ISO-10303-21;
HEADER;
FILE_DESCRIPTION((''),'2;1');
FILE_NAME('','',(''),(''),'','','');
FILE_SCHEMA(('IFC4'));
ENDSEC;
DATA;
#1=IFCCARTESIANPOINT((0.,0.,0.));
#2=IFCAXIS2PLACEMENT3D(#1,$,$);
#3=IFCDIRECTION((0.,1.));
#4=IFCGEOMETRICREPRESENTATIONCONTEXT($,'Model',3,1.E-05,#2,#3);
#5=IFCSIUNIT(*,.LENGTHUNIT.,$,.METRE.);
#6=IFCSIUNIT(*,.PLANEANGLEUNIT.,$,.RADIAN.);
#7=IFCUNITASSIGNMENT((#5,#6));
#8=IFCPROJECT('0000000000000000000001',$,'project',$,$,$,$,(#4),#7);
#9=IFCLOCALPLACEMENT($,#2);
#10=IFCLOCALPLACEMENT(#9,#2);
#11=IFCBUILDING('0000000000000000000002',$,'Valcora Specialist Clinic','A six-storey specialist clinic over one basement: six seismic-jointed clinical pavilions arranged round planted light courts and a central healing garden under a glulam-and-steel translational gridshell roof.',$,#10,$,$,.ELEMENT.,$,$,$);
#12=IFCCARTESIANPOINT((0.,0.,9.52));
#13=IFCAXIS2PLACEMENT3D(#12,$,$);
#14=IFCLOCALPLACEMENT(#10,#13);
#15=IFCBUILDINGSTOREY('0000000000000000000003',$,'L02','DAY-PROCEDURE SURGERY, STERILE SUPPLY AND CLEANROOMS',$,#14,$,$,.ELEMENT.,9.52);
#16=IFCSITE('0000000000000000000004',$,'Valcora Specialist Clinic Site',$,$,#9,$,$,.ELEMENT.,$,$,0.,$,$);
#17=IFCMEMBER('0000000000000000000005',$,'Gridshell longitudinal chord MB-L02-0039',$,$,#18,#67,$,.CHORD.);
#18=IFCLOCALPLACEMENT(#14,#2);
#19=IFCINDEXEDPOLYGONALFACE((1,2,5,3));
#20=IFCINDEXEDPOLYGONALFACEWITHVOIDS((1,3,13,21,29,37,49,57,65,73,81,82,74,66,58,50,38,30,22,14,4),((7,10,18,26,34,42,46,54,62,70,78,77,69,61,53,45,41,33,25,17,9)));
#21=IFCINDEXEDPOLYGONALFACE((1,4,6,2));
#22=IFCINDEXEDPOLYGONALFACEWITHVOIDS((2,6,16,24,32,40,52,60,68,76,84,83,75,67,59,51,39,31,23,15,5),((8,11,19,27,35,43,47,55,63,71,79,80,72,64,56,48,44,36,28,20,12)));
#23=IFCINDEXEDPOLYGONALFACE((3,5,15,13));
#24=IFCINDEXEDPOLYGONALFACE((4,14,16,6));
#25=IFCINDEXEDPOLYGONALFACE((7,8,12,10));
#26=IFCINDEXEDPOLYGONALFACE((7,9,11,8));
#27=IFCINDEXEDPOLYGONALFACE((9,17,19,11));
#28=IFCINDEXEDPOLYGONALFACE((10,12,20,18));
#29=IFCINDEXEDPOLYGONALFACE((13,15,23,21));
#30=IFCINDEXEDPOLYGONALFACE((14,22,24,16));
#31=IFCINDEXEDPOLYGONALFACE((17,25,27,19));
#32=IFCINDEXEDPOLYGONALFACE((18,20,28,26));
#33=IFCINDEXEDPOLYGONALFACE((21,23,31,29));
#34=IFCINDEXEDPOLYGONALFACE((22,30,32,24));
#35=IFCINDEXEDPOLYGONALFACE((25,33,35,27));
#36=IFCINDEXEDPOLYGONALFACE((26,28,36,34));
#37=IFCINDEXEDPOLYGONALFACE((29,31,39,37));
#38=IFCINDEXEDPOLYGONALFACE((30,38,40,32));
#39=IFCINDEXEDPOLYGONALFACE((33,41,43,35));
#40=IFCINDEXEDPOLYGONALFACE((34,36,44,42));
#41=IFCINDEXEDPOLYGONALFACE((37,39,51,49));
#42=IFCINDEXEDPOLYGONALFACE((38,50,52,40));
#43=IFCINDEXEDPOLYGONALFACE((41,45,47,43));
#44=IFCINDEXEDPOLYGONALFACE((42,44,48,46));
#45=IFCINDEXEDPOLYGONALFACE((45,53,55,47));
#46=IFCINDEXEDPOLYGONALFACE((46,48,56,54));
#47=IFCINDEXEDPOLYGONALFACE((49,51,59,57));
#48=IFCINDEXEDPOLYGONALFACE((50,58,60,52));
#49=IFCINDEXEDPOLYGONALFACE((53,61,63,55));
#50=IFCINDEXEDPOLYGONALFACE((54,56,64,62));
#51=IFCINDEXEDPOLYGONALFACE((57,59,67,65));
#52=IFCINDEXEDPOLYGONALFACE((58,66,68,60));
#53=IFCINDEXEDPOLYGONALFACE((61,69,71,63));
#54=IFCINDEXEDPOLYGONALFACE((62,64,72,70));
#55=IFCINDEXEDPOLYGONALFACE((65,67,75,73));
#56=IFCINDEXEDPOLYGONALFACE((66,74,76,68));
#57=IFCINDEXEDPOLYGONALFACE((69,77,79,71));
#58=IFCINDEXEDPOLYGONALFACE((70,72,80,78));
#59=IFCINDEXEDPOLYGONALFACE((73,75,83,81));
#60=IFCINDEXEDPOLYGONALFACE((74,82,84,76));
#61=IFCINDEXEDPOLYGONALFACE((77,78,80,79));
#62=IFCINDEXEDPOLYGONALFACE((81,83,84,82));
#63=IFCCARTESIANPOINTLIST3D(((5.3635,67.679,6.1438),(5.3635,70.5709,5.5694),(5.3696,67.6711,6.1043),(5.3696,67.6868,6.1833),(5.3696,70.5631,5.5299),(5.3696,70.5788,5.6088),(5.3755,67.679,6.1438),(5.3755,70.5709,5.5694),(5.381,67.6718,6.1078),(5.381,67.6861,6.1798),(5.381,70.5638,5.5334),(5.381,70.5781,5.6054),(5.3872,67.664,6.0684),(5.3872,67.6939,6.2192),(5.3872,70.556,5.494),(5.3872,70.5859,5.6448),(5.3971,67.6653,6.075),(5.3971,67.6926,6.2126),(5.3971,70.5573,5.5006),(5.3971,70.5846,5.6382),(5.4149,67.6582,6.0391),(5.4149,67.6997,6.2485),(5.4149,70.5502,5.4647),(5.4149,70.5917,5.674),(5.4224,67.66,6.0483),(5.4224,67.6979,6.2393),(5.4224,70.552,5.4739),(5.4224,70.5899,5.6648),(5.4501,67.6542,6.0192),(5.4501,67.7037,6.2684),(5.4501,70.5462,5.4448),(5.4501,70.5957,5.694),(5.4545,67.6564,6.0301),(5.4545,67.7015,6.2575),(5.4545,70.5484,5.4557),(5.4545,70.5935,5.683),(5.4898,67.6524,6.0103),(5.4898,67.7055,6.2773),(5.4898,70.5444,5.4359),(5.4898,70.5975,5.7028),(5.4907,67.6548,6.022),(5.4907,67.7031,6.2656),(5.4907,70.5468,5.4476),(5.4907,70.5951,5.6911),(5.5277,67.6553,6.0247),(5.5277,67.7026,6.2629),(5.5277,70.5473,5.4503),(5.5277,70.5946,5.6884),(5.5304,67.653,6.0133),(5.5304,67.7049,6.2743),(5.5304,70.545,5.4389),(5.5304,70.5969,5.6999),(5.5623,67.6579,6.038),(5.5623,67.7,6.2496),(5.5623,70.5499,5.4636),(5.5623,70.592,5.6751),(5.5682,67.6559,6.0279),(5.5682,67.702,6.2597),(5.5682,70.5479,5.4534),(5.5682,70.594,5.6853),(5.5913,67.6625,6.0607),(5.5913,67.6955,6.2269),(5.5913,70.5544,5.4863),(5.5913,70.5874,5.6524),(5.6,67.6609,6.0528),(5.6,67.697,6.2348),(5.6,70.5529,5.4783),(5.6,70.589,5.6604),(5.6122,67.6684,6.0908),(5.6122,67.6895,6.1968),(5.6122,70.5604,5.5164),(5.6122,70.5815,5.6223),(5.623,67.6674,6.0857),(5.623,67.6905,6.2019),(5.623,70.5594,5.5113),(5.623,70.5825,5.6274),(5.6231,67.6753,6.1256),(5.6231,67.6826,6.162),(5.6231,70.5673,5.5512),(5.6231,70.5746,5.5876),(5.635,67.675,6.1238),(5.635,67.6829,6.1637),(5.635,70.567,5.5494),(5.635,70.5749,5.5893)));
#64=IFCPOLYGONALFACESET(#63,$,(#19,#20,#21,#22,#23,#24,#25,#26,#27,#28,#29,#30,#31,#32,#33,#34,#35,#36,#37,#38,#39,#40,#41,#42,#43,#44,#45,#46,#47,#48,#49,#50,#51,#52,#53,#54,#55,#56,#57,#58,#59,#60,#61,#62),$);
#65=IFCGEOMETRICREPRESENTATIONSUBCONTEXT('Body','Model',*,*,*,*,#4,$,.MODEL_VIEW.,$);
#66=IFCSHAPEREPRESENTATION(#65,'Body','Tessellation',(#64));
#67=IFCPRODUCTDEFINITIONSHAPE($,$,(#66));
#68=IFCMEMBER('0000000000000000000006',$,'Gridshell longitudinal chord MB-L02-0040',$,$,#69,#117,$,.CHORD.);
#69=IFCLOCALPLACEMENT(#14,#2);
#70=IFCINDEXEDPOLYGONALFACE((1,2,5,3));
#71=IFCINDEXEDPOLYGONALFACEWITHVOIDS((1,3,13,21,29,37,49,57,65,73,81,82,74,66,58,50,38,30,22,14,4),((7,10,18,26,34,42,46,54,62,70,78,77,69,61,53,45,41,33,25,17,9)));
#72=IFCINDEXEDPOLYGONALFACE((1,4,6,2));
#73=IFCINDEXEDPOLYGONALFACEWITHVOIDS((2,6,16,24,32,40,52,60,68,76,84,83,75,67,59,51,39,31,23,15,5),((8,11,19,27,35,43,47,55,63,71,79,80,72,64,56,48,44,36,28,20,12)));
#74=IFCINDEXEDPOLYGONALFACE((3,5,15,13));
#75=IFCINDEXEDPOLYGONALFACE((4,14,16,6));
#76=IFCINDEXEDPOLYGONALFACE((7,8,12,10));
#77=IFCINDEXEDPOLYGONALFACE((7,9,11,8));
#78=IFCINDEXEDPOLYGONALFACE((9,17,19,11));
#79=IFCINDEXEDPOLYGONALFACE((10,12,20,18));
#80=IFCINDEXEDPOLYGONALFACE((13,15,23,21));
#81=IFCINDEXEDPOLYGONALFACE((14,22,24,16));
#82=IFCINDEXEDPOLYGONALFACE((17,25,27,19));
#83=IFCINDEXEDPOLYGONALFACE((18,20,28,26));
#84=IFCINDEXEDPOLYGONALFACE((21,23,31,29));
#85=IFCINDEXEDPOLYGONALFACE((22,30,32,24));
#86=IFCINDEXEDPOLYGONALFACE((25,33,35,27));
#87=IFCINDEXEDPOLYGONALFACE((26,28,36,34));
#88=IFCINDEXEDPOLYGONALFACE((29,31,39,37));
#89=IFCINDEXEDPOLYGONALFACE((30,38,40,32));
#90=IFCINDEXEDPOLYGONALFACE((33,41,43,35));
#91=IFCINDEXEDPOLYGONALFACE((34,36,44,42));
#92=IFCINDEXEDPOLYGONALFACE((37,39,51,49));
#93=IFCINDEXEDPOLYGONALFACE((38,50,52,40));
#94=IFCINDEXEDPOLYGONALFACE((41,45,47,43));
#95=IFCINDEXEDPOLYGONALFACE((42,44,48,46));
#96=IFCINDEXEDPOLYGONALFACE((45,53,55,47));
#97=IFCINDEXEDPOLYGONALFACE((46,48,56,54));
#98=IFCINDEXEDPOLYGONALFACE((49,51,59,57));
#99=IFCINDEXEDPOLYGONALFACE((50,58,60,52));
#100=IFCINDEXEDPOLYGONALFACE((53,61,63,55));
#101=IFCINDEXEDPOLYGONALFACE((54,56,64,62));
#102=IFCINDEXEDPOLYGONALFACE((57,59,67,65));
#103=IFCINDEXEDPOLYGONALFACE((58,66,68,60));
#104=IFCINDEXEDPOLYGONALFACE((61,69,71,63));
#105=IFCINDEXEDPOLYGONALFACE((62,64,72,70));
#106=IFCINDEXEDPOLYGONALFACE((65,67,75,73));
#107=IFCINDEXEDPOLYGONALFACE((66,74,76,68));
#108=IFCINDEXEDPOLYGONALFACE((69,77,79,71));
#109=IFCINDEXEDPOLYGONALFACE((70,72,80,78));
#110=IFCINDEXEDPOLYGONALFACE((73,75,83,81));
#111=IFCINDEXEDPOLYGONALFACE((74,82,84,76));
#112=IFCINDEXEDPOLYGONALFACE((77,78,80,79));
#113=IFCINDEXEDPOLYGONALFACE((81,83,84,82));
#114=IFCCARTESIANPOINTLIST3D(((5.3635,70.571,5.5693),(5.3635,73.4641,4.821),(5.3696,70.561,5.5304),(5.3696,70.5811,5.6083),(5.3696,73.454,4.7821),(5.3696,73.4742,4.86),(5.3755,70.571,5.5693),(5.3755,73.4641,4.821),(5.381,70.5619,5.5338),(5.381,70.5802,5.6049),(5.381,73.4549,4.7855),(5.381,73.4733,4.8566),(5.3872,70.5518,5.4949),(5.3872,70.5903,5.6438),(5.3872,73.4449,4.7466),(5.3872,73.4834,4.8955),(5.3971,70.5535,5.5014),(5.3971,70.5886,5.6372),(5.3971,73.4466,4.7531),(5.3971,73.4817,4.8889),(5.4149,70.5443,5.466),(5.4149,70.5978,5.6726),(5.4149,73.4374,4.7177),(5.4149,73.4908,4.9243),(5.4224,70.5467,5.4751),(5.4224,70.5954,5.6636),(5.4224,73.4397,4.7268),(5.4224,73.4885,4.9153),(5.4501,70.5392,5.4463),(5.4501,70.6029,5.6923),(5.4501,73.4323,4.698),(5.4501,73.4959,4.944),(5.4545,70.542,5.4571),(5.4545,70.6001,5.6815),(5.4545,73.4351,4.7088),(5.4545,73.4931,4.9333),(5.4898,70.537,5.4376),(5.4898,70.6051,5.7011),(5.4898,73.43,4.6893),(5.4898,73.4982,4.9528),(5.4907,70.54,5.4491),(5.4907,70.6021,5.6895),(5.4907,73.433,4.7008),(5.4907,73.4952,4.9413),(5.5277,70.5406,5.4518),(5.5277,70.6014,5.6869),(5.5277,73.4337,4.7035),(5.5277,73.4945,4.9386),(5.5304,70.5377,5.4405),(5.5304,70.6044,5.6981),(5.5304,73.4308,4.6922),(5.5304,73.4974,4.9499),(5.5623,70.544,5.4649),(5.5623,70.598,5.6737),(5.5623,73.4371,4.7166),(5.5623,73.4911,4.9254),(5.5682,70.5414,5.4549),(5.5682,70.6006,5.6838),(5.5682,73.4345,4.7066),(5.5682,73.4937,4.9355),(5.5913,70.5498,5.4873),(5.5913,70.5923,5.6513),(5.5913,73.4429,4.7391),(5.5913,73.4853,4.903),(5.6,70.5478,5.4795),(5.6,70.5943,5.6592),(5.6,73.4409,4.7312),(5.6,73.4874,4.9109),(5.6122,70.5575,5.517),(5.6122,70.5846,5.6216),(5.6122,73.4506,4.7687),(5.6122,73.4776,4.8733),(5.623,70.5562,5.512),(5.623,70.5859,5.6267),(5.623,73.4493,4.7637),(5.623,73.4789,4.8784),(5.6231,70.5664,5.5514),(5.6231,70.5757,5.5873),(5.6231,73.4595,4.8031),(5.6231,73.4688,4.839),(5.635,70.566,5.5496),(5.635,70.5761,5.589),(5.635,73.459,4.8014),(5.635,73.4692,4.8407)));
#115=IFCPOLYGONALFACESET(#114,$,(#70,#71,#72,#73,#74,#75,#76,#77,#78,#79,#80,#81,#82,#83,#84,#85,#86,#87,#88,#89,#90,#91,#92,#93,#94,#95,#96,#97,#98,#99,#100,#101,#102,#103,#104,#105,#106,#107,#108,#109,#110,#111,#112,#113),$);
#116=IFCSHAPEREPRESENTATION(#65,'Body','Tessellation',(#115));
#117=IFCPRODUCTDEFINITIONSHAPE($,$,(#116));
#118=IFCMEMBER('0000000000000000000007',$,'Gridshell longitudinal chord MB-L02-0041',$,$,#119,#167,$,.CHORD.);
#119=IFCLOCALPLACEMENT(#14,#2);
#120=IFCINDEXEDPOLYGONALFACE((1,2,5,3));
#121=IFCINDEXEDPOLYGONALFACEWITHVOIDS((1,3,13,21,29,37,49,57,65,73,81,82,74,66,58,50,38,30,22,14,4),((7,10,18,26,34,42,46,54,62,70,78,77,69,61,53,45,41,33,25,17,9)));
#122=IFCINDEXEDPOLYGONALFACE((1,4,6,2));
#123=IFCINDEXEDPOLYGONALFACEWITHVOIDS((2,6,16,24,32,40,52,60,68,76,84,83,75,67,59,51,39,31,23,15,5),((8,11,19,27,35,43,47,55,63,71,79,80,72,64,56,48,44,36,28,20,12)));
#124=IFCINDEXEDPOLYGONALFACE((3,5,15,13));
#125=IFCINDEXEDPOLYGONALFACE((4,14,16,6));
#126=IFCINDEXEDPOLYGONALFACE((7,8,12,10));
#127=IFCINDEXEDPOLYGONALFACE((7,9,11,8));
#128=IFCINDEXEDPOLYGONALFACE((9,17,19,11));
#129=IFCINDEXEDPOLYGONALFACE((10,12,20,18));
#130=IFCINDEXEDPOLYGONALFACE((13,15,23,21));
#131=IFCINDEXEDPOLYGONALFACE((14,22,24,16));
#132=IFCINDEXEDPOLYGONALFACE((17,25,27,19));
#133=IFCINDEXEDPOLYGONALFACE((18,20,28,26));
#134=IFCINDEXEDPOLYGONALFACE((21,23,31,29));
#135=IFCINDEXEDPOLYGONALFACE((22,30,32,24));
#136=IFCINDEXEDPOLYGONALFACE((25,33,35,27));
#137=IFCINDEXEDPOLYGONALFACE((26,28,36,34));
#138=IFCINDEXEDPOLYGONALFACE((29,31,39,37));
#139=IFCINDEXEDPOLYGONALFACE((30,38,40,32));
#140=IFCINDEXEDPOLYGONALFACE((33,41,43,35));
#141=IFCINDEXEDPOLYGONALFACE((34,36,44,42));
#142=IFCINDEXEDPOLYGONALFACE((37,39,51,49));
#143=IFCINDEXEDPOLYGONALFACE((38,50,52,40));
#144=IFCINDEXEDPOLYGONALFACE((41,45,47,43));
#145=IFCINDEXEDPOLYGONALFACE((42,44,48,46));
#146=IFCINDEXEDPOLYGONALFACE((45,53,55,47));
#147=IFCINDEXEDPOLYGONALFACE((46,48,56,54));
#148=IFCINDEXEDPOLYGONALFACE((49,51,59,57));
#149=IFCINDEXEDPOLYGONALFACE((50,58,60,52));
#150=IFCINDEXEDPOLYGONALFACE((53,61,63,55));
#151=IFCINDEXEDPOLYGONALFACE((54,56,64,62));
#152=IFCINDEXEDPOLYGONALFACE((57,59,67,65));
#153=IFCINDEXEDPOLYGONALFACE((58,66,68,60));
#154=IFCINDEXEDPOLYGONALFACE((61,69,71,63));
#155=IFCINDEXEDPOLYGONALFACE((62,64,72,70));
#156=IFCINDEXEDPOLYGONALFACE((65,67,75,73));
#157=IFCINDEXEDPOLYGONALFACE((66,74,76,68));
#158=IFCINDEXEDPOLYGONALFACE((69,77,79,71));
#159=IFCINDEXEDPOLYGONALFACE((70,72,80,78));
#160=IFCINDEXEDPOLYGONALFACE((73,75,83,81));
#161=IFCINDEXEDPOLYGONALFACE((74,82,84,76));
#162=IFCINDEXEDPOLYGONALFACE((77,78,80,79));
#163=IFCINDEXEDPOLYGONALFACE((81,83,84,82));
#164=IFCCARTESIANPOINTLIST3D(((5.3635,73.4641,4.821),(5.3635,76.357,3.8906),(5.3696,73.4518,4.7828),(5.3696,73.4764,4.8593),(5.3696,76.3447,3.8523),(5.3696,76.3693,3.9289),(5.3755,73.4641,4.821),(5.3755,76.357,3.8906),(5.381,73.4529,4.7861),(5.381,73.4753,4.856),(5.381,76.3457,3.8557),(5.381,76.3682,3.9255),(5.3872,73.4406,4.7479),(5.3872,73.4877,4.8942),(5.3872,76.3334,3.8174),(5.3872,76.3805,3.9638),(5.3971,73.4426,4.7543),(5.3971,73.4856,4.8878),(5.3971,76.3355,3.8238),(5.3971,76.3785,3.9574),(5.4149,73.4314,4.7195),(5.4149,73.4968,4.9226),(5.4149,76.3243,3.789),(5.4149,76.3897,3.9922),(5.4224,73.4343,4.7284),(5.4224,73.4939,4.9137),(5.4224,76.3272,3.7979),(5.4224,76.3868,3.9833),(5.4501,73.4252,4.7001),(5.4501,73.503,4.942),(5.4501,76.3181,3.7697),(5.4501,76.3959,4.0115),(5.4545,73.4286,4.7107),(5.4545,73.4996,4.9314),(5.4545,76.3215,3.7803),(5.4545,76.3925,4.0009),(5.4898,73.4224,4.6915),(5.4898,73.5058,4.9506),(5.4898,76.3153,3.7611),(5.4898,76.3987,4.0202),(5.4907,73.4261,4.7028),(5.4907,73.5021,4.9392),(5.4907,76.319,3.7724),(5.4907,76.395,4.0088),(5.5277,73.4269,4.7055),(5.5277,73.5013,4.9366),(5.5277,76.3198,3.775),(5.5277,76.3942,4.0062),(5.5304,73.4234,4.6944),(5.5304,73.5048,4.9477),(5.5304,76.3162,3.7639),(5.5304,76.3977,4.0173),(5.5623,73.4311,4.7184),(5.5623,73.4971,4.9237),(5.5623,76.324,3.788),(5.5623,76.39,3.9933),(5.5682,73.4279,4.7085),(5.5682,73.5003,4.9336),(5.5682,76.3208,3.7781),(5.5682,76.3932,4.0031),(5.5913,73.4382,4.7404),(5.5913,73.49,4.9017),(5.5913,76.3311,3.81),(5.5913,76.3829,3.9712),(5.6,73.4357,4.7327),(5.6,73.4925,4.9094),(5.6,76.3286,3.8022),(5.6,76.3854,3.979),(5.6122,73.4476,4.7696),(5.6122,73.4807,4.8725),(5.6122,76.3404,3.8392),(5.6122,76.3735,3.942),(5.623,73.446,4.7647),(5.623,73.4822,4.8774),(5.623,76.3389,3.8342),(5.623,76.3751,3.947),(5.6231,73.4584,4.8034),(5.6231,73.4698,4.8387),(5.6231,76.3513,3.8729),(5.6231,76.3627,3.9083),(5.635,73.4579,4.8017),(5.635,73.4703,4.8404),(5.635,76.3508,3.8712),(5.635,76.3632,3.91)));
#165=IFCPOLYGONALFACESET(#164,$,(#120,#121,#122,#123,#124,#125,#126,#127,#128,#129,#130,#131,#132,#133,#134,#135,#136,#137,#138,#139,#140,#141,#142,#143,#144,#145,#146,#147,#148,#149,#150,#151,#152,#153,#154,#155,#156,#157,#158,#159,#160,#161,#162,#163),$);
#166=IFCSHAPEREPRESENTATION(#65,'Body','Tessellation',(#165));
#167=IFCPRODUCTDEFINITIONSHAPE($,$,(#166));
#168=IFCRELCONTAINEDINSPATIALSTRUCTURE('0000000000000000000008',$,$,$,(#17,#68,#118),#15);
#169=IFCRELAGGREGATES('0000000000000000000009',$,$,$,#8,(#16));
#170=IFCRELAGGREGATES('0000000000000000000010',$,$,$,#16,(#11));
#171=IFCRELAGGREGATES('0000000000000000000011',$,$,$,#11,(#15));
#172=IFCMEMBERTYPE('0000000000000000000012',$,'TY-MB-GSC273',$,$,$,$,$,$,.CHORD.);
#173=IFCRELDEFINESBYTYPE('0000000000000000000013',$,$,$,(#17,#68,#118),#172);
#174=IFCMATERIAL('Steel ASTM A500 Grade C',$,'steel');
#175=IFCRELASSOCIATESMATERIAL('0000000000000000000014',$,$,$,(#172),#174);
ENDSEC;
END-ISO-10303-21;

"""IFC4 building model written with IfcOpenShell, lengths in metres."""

from ifc_helpers import new_model, si_unit, direction, frame, origin, origin_2d, place, context, subcontext, project, spatial, hollow_circle, extrude, material, material_profile, profile_set, type_object, element, save


model = new_model("IFC4")

# Units and contexts
model_context = context("Model", 3, precision=1e-05, world=origin(), true_north=direction((0.0, 1.0)))
body_context = subcontext(model_context, "Body", "Model", "MODEL_VIEW")
ifc_project = project(units=[si_unit("LENGTHUNIT", "METRE"), si_unit("PLANEANGLEUNIT", "RADIAN")], contexts=[model_context])

# Site, building, storey
site_placement = place(None, origin())
site = spatial("IfcSite", under=ifc_project, at=site_placement, Name="Valcora Specialist Clinic Site", CompositionType="ELEMENT", RefElevation=0.0)
building_placement = place(site_placement, origin())
building = spatial("IfcBuilding", under=site, at=building_placement, Name="Valcora Specialist Clinic", Description="A six-storey specialist clinic over one basement: six seismic-jointed clinical pavilions arranged round planted light courts and a central healing garden under a glulam-and-steel translational gridshell roof.", CompositionType="ELEMENT")
storey_placement = place(building_placement, frame((0.0, 0.0, 9.52)))
storey = spatial("IfcBuildingStorey", under=building, at=storey_placement, Name="L02", Description="DAY-PROCEDURE SURGERY, STERILE SUPPLY AND CLEANROOMS", CompositionType="ELEMENT", Elevation=9.52)

# Members
ifc_material_1 = material(Name="Steel ASTM A500 Grade C", Category="steel")
ifc_material_profile_1 = material_profile(ifc_material_1, hollow_circle(Radius=0.1365, WallThickness=0.012, at=origin_2d()), Name="ST-CHS-273X12")
ifc_profile_set_1 = profile_set([ifc_material_profile_1], Name="Steel ASTM A500 Grade C")
member_type_1 = type_object("IfcMemberType", Name="TY-MB-GSC273", PredefinedType="CHORD", material=ifc_profile_set_1)
member_1_placement = place(storey_placement, frame((5.5, 67.679, 6.1438), z_axis=(0.0, 0.980838, -0.194826), x_axis=(-1.0, 0.0, 0.0)))
element("IfcMember", 1, at=member_1_placement, inside=storey, type_object=member_type_1, Name="Gridshell longitudinal chord MB-L02-0039", PredefinedType="CHORD", context=body_context, shape_type="SweptSolid", body=[
    extrude(hollow_circle(Radius=0.1365, WallThickness=0.012, at=origin_2d()), origin(), (0.0, 0.0, 1.0), 2.9485),
])
member_2_placement = place(storey_placement, frame((5.5, 70.571, 5.5693), z_axis=(0.0, 0.96814, -0.250409), x_axis=(-1.0, 0.0, 0.0)))
element("IfcMember", 2, at=member_2_placement, inside=storey, type_object=member_type_1, Name="Gridshell longitudinal chord MB-L02-0040", PredefinedType="CHORD", context=body_context, shape_type="SweptSolid", body=[
    extrude(hollow_circle(Radius=0.1365, WallThickness=0.012, at=origin_2d()), origin(), (0.0, 0.0, 1.0), 2.9883),
])
member_3_placement = place(storey_placement, frame((5.5, 73.4641, 4.821), z_axis=(0.0, 0.951973, -0.306183), x_axis=(-1.0, 0.0, 0.0)))
element("IfcMember", 3, at=member_3_placement, inside=storey, type_object=member_type_1, Name="Gridshell longitudinal chord MB-L02-0041", PredefinedType="CHORD", context=body_context, shape_type="SweptSolid", body=[
    extrude(hollow_circle(Radius=0.1365, WallThickness=0.012, at=origin_2d()), origin(), (0.0, 0.0, 1.0), 3.0388),
])

save(model, "model.ifc")
